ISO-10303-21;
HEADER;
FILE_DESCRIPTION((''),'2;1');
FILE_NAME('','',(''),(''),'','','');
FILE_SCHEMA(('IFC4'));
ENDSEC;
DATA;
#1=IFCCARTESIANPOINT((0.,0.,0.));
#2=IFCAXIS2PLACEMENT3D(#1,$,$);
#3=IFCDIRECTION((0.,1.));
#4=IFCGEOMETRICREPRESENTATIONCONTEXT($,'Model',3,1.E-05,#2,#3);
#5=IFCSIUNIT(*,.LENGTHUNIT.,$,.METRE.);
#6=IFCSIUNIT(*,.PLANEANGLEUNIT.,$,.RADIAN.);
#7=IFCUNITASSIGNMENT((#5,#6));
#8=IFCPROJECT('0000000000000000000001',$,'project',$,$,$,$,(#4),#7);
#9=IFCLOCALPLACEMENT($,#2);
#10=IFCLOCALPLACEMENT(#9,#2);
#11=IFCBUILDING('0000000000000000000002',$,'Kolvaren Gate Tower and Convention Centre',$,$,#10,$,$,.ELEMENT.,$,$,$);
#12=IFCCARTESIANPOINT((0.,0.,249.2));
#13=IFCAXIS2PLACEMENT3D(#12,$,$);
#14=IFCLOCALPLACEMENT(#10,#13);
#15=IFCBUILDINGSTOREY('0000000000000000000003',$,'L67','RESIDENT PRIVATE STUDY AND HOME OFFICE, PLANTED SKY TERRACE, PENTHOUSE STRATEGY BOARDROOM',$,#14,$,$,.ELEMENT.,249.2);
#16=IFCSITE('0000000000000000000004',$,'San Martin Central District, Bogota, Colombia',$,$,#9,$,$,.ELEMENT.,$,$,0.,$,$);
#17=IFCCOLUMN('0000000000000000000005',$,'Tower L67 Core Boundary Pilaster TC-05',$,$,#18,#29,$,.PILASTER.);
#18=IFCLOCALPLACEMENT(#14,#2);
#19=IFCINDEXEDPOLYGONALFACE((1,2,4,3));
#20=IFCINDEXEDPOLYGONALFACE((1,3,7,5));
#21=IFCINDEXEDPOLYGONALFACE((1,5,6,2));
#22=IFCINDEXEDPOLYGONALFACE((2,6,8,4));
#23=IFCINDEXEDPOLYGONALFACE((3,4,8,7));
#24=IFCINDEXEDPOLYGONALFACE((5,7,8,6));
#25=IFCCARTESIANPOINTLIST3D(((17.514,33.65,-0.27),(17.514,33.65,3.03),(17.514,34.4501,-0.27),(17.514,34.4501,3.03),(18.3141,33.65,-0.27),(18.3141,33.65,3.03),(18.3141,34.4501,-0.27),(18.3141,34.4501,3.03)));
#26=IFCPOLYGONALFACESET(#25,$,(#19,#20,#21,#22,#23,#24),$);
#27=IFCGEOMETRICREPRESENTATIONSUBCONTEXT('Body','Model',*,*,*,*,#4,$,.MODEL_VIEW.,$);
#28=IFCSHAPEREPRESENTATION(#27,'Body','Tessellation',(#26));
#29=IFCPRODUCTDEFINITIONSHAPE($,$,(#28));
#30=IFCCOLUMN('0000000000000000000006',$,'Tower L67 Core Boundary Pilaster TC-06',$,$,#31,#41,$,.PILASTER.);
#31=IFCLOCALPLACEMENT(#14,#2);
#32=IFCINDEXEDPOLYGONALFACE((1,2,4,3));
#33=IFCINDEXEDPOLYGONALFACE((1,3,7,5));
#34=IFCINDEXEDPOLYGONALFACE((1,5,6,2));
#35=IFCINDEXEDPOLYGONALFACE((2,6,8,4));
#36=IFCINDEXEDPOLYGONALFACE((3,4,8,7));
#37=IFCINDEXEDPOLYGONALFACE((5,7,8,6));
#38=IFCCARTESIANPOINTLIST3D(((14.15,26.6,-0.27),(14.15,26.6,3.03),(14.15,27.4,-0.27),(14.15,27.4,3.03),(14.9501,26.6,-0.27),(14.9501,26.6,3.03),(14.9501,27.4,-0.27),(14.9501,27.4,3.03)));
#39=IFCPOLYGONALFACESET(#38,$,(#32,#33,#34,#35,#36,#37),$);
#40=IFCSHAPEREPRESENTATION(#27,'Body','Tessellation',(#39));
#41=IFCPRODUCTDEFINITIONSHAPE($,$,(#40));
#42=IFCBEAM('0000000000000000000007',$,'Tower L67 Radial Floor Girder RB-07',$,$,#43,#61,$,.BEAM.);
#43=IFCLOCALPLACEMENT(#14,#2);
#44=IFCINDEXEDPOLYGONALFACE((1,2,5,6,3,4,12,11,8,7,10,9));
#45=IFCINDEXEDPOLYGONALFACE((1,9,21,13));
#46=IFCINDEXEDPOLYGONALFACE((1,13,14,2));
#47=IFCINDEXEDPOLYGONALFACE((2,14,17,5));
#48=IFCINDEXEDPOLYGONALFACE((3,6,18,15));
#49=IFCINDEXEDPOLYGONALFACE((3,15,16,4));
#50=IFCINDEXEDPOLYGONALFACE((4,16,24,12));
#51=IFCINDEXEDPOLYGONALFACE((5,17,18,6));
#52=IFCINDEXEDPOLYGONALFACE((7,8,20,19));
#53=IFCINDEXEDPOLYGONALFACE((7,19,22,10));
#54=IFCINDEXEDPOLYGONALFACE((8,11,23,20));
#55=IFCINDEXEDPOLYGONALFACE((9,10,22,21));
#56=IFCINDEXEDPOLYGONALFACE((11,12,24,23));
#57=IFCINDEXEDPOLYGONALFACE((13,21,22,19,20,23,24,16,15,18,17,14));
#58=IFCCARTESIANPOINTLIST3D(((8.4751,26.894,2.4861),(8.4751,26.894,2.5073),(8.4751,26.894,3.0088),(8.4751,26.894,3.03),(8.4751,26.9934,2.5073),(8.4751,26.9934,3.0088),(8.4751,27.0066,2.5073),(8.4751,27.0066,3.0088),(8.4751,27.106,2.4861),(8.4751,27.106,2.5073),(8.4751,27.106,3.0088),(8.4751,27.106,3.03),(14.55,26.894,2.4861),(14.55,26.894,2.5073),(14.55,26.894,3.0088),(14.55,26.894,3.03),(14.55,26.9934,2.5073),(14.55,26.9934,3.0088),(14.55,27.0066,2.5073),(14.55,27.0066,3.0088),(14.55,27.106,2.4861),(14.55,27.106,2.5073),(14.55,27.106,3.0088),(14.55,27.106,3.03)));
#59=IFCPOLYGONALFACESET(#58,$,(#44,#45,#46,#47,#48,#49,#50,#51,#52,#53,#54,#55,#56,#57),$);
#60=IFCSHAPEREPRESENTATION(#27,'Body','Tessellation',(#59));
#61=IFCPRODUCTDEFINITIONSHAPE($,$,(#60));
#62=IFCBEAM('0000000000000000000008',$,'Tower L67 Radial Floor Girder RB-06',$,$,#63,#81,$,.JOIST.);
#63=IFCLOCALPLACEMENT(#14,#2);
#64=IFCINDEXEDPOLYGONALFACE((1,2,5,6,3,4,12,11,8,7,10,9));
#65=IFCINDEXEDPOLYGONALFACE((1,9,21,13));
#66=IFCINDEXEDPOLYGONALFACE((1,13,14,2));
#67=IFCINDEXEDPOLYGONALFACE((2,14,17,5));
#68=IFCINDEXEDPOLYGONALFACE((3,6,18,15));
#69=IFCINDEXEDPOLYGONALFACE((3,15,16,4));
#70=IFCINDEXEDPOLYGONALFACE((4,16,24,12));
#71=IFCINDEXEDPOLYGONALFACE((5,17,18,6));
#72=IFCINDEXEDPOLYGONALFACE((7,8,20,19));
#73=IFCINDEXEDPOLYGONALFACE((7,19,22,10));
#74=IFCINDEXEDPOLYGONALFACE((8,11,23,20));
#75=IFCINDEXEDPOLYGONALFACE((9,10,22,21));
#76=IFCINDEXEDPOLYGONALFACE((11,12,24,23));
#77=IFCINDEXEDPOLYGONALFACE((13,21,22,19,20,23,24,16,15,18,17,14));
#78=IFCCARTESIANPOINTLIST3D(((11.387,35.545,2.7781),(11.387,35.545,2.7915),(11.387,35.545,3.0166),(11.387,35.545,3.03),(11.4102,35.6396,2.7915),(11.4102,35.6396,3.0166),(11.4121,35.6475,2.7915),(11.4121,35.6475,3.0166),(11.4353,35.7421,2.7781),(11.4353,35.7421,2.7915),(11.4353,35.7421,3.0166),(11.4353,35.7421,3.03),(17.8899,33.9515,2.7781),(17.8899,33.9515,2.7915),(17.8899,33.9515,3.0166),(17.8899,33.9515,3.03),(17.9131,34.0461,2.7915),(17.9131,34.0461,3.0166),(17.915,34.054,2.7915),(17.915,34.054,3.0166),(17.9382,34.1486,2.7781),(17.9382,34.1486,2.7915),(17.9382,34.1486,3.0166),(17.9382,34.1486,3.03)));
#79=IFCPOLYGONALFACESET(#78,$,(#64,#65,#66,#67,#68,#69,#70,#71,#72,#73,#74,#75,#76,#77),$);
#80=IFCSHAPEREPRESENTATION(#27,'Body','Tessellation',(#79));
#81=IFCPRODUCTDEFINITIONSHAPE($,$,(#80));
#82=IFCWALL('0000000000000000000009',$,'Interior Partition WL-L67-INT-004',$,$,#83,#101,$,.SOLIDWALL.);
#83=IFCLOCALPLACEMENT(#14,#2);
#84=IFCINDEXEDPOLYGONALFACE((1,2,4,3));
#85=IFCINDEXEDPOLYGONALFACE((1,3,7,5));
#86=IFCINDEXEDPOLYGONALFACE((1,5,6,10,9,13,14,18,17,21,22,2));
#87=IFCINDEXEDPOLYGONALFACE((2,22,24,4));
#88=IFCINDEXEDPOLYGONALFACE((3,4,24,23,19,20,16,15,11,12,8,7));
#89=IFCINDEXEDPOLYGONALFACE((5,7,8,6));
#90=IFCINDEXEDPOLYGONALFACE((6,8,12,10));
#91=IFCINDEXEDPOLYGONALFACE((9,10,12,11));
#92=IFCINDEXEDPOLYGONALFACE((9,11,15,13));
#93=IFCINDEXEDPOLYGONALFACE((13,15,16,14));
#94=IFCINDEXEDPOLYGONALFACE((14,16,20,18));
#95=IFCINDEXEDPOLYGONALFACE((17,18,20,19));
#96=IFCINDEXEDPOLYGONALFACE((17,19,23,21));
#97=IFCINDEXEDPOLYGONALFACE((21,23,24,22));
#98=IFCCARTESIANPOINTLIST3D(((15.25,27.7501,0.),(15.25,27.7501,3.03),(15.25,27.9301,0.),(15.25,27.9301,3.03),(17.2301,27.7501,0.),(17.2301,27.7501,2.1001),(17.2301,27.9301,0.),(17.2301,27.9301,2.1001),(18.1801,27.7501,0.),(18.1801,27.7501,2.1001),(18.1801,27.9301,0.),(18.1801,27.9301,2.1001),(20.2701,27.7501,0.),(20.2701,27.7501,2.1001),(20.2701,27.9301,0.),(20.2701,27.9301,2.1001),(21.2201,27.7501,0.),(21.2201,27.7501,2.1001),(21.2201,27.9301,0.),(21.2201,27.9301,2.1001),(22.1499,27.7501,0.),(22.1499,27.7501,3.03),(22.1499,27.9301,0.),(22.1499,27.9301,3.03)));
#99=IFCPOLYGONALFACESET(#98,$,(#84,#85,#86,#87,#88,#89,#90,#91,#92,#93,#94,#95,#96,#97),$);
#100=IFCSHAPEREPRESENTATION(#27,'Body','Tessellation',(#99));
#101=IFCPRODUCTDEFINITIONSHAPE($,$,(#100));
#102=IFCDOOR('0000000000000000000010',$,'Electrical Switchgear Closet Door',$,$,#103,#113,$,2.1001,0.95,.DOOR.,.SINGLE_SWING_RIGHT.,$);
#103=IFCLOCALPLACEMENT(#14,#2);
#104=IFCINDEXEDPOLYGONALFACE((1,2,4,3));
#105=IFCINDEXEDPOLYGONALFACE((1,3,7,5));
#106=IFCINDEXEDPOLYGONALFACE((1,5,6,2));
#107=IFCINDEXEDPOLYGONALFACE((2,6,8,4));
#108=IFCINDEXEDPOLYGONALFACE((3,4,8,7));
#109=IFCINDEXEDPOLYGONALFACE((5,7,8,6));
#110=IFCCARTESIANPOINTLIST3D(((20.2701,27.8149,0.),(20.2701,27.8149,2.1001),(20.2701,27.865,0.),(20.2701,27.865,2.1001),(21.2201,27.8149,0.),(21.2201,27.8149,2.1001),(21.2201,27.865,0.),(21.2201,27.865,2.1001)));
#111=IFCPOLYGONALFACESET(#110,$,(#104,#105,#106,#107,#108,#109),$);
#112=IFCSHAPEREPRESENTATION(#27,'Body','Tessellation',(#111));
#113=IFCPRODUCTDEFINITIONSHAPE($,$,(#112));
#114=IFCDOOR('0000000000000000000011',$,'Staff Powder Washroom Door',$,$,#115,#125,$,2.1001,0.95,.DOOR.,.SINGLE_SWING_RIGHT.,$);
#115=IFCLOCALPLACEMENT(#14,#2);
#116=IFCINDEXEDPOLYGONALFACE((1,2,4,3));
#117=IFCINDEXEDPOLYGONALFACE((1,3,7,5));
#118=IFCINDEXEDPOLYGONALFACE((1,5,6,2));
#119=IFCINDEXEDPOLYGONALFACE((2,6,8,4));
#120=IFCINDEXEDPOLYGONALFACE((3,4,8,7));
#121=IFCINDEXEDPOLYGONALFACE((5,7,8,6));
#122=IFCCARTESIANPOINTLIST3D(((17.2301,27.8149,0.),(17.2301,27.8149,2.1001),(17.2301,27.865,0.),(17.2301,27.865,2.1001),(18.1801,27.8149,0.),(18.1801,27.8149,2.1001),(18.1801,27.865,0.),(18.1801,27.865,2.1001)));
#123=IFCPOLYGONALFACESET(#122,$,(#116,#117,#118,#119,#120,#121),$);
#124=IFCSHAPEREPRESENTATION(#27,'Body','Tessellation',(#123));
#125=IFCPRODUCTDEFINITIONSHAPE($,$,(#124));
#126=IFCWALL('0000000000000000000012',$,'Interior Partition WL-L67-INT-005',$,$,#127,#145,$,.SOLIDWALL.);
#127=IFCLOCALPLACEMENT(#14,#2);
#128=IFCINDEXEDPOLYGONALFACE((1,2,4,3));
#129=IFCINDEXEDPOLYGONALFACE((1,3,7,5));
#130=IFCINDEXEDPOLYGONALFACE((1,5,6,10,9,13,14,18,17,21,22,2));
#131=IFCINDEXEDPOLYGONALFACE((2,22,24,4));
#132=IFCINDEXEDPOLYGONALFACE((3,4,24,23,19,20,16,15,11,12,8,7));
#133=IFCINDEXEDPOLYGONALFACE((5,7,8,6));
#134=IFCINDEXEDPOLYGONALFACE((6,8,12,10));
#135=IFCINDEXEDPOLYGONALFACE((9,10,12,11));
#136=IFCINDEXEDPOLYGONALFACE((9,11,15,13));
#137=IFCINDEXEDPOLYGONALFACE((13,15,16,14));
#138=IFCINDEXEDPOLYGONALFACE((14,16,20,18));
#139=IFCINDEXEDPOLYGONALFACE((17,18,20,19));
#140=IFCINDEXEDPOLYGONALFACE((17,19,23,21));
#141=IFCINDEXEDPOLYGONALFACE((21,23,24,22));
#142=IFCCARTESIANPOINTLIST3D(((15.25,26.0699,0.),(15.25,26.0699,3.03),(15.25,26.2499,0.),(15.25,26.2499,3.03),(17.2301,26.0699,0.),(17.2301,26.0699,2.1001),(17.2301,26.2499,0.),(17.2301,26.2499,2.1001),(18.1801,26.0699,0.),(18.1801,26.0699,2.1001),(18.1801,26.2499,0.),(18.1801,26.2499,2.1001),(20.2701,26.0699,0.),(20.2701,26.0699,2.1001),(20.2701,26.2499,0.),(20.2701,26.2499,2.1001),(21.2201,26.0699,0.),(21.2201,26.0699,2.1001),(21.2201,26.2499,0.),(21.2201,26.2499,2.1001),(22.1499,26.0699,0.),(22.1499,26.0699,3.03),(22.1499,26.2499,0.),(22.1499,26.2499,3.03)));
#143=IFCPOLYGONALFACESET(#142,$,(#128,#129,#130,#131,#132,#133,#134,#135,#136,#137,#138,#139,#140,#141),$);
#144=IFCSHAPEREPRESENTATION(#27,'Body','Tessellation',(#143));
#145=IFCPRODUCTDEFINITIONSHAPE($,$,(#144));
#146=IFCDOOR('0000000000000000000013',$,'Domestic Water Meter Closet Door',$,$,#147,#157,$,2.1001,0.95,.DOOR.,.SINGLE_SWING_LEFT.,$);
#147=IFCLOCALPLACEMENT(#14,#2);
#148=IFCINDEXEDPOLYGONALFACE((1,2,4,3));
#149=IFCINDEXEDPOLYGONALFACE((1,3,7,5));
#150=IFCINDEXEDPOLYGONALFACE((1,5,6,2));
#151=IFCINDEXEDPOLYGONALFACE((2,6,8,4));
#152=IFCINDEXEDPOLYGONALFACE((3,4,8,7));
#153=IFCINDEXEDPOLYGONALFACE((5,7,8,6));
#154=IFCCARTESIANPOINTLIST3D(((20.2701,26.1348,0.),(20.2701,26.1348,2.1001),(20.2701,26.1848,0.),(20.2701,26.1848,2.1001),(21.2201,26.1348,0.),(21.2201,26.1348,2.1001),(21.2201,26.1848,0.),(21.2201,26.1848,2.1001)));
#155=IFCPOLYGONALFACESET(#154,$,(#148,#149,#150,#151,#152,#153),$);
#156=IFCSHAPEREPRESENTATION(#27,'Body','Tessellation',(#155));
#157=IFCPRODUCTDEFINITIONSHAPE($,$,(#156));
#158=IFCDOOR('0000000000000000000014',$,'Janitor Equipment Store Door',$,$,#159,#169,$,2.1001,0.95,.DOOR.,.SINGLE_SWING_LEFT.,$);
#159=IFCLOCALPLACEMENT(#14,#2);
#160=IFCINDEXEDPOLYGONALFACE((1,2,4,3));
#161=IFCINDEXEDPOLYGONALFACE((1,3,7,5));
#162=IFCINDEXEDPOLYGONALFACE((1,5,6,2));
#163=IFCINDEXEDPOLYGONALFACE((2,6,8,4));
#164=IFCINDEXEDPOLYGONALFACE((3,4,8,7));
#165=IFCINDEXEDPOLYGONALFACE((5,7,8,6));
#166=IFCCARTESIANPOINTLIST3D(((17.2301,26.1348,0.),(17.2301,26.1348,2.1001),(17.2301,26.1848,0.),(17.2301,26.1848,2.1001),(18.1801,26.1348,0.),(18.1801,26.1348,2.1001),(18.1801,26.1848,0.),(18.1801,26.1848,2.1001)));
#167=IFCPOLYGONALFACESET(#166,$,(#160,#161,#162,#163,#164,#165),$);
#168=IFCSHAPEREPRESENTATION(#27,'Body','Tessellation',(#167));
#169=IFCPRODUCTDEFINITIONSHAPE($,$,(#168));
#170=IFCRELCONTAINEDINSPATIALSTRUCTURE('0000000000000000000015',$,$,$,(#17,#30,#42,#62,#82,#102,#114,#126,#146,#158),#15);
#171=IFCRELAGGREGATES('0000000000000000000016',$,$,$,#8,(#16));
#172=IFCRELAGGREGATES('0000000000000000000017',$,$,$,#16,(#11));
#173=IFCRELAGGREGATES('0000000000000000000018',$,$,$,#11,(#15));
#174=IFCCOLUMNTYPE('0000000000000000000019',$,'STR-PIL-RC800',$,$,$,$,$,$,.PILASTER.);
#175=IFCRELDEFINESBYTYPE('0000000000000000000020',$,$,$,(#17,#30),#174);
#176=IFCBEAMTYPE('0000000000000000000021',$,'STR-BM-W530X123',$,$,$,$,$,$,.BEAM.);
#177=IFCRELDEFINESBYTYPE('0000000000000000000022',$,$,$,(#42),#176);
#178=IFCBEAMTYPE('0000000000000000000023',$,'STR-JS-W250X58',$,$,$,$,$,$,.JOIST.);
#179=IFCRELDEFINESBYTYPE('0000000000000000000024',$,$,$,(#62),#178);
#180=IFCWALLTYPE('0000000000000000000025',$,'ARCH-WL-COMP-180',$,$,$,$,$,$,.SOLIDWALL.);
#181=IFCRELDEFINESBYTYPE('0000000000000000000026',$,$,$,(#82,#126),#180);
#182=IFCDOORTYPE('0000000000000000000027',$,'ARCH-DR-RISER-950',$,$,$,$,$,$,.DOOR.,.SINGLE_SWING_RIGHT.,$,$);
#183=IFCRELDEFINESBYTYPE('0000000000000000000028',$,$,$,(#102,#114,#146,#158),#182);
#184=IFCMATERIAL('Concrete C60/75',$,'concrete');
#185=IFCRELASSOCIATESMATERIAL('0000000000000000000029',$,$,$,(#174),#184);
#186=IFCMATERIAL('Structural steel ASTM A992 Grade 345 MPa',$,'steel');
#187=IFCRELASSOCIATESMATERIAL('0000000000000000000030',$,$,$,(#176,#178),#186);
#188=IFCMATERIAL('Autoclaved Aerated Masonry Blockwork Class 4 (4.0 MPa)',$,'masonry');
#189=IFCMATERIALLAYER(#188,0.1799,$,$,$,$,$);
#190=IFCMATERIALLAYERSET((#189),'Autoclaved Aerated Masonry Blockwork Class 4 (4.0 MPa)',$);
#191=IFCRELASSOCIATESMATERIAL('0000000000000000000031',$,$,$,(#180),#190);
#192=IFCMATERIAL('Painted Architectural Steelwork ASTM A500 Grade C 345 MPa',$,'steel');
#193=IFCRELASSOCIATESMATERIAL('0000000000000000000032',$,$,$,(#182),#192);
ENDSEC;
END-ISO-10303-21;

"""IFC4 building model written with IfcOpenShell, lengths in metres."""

from ifc_helpers import new_model, si_unit, direction, frame, frame_2d, origin, origin_2d, place, context, subcontext, project, spatial, rectangle, i_section, extrude, material, layer, layer_set, material_profile, profile_set, type_object, element, fill, save


model = new_model("IFC4")

# Units and contexts
model_context = context("Model", 3, precision=1e-05, world=origin(), true_north=direction((0.0, 1.0)))
body_context = subcontext(model_context, "Body", "Model", "MODEL_VIEW")
ifc_project = project(units=[si_unit("LENGTHUNIT", "METRE"), si_unit("PLANEANGLEUNIT", "RADIAN")], contexts=[model_context])

# Site, building, storey
site_placement = place(None, origin())
site = spatial("IfcSite", under=ifc_project, at=site_placement, Name="San Martin Central District, Bogota, Colombia", CompositionType="ELEMENT", RefElevation=0.0)
building_placement = place(site_placement, origin())
building = spatial("IfcBuilding", under=site, at=building_placement, Name="Kolvaren Gate Tower and Convention Centre", CompositionType="ELEMENT")
storey_placement = place(building_placement, frame((0.0, 0.0, 249.2)))
storey = spatial("IfcBuildingStorey", under=building, at=storey_placement, Name="L67", Description="RESIDENT PRIVATE STUDY AND HOME OFFICE, PLANTED SKY TERRACE, PENTHOUSE STRATEGY BOARDROOM", CompositionType="ELEMENT", Elevation=249.2)

# Columns
ifc_material_1 = material(Name="Concrete C60/75", Category="concrete")
ifc_material_profile_1 = material_profile(ifc_material_1, rectangle(XDim=0.8, YDim=0.8, at=origin_2d()), Name="RC-COL-800X800")
ifc_profile_set_1 = profile_set([ifc_material_profile_1], Name="Concrete C60/75")
column_type = type_object("IfcColumnType", Name="STR-PIL-RC800", PredefinedType="PILASTER", material=ifc_profile_set_1)
for number, where, z_axis, x_axis, name in (
    (1, (17.9141, 34.05, -0.27), (0.0, 0.0, 1.0), (1.0, 0.0, 0.0), "Tower L67 Core Boundary Pilaster TC-05"),
    (2, (14.55, 27.0, -0.27), (0.0, 0.0, 1.0), (1.0, 0.0, 0.0), "Tower L67 Core Boundary Pilaster TC-06"),
):
    element("IfcColumn", number, at=place(storey_placement, frame(where, z_axis=z_axis, x_axis=x_axis)), inside=storey, type_object=column_type, Name=name, PredefinedType="PILASTER", context=body_context, shape_type="SweptSolid", body=[
        extrude(rectangle(XDim=0.8, YDim=0.8, at=origin_2d()), origin(), (0.0, 0.0, 1.0), 3.3),
    ])

# Beams
ifc_material_2 = material(Name="Structural steel ASTM A992 Grade 345 MPa", Category="steel")
ifc_material_profile_2 = material_profile(ifc_material_2, i_section(OverallWidth=0.2119, OverallDepth=0.5439, WebThickness=0.0132, FlangeThickness=0.0212, at=origin_2d()), Name="W530X123")
ifc_profile_set_2 = profile_set([ifc_material_profile_2], Name="Structural steel ASTM A992 Grade 345 MPa")
beam_type_1 = type_object("IfcBeamType", Name="STR-BM-W530X123", PredefinedType="BEAM", material=ifc_profile_set_2)
beam_1_placement = place(storey_placement, frame((14.55, 27.0, 2.7581), z_axis=(-1.0, 0.0, 0.0), x_axis=(0.0, -1.0, 0.0)))
element("IfcBeam", 3, at=beam_1_placement, inside=storey, type_object=beam_type_1, Name="Tower L67 Radial Floor Girder RB-07", PredefinedType="BEAM", context=body_context, shape_type="SweptSolid", body=[
    extrude(i_section(OverallWidth=0.2119, OverallDepth=0.5439, WebThickness=0.0132, FlangeThickness=0.0212, at=origin_2d()), origin(), (0.0, 0.0, 1.0), 6.075),
])
ifc_material_profile_3 = material_profile(ifc_material_2, i_section(OverallWidth=0.2029, OverallDepth=0.252, WebThickness=0.0081, FlangeThickness=0.0134, at=origin_2d()), Name="W250X58")
ifc_profile_set_3 = profile_set([ifc_material_profile_3], Name="Structural steel ASTM A992 Grade 345 MPa")
beam_type_2 = type_object("IfcBeamType", Name="STR-JS-W250X58", PredefinedType="JOIST", material=ifc_profile_set_3)
beam_2_placement = place(storey_placement, frame((17.9141, 34.05, 2.9041), z_axis=(-0.971264, 0.238003, 0.0), x_axis=(-0.238003, -0.971264, 0.0)))
element("IfcBeam", 4, at=beam_2_placement, inside=storey, type_object=beam_type_2, Name="Tower L67 Radial Floor Girder RB-06", PredefinedType="JOIST", context=body_context, shape_type="SweptSolid", body=[
    extrude(i_section(OverallWidth=0.2029, OverallDepth=0.252, WebThickness=0.0081, FlangeThickness=0.0134, at=origin_2d()), origin(), (0.0, 0.0, 1.0), 6.6953),
])

# Walls, openings, doors
ifc_material_3 = material(Name="Autoclaved Aerated Masonry Blockwork Class 4 (4.0 MPa)", Category="masonry")
ifc_layer_1 = layer(ifc_material_3, 0.1799)
ifc_layer_set_1 = layer_set([ifc_layer_1], Name="Autoclaved Aerated Masonry Blockwork Class 4 (4.0 MPa)")
wall_type_1 = type_object("IfcWallType", Name="ARCH-WL-COMP-180", PredefinedType="SOLIDWALL", material=ifc_layer_set_1)
wall_1_placement = place(storey_placement, frame((15.25, 27.8401, 0.0), z_axis=(0.0, 0.0, 1.0), x_axis=(1.0, 0.0, 0.0)))
wall_1 = element("IfcWall", 5, at=wall_1_placement, inside=storey, type_object=wall_type_1, Name="Interior Partition WL-L67-INT-004", PredefinedType="SOLIDWALL", context=body_context, shape_type="SweptSolid", body=[
    extrude(rectangle(XDim=6.8999, YDim=0.1799, at=frame_2d((3.45, 0.0))), origin(), (0.0, 0.0, 1.0), 3.03),
])
opening_1_placement = place(wall_1_placement, frame((5.02, 0.0, 0.0)))
opening_1 = element("IfcOpeningElement", 6, at=opening_1_placement, cuts=wall_1, PredefinedType="OPENING", context=body_context, shape_type="SweptSolid", body=[
    extrude(rectangle(XDim=0.95, YDim=2.1001, at=frame_2d((0.4751, 1.05))), frame((0.0, 0.0999, 0.0), z_axis=(0.0, -1.0, 0.0), x_axis=(1.0, 0.0, 0.0)), (0.0, 0.0, 1.0), 0.2),
])
opening_2_placement = place(wall_1_placement, frame((1.98, 0.0, 0.0)))
opening_2 = element("IfcOpeningElement", 7, at=opening_2_placement, cuts=wall_1, PredefinedType="OPENING", context=body_context, shape_type="SweptSolid", body=[
    extrude(rectangle(XDim=0.95, YDim=2.1001, at=frame_2d((0.4751, 1.05))), frame((0.0, 0.0999, 0.0), z_axis=(0.0, -1.0, 0.0), x_axis=(1.0, 0.0, 0.0)), (0.0, 0.0, 1.0), 0.2),
])
ifc_material_4 = material(Name="Painted Architectural Steelwork ASTM A500 Grade C 345 MPa", Category="steel")
door_type = type_object("IfcDoorType", Name="ARCH-DR-RISER-950", OperationType="SINGLE_SWING_RIGHT", PredefinedType="DOOR", material=ifc_material_4)
door_1_placement = place(opening_1_placement, origin())
door_1 = element("IfcDoor", 8, at=door_1_placement, inside=storey, type_object=door_type, Name="Electrical Switchgear Closet Door", OperationType="SINGLE_SWING_RIGHT", OverallHeight=2.1001, OverallWidth=0.95, PredefinedType="DOOR", context=body_context, shape_type="SweptSolid", body=[
    extrude(rectangle(XDim=0.95, YDim=2.1001, at=frame_2d((0.4751, 1.05))), frame((0.0, 0.0249, 0.0), z_axis=(0.0, -1.0, 0.0), x_axis=(1.0, 0.0, 0.0)), (0.0, 0.0, 1.0), 0.05),
])
fill(opening_1, door_1)
door_2_placement = place(opening_2_placement, origin())
door_2 = element("IfcDoor", 9, at=door_2_placement, inside=storey, type_object=door_type, Name="Staff Powder Washroom Door", OperationType="SINGLE_SWING_RIGHT", OverallHeight=2.1001, OverallWidth=0.95, PredefinedType="DOOR", context=body_context, shape_type="SweptSolid", body=[
    extrude(rectangle(XDim=0.95, YDim=2.1001, at=frame_2d((0.4751, 1.05))), frame((0.0, 0.0249, 0.0), z_axis=(0.0, -1.0, 0.0), x_axis=(1.0, 0.0, 0.0)), (0.0, 0.0, 1.0), 0.05),
])
fill(opening_2, door_2)
wall_2_placement = place(storey_placement, frame((15.25, 26.1599, 0.0), z_axis=(0.0, 0.0, 1.0), x_axis=(1.0, 0.0, 0.0)))
wall_2 = element("IfcWall", 10, at=wall_2_placement, inside=storey, type_object=wall_type_1, Name="Interior Partition WL-L67-INT-005", PredefinedType="SOLIDWALL", context=body_context, shape_type="SweptSolid", body=[
    extrude(rectangle(XDim=6.8999, YDim=0.1799, at=frame_2d((3.45, 0.0))), origin(), (0.0, 0.0, 1.0), 3.03),
])
opening_3_placement = place(wall_2_placement, frame((5.02, 0.0, 0.0)))
opening_3 = element("IfcOpeningElement", 11, at=opening_3_placement, cuts=wall_2, PredefinedType="OPENING", context=body_context, shape_type="SweptSolid", body=[
    extrude(rectangle(XDim=0.95, YDim=2.1001, at=frame_2d((0.4751, 1.05))), frame((0.0, 0.0999, 0.0), z_axis=(0.0, -1.0, 0.0), x_axis=(1.0, 0.0, 0.0)), (0.0, 0.0, 1.0), 0.2),
])
opening_4_placement = place(wall_2_placement, frame((1.98, 0.0, 0.0)))
opening_4 = element("IfcOpeningElement", 12, at=opening_4_placement, cuts=wall_2, PredefinedType="OPENING", context=body_context, shape_type="SweptSolid", body=[
    extrude(rectangle(XDim=0.95, YDim=2.1001, at=frame_2d((0.4751, 1.05))), frame((0.0, 0.0999, 0.0), z_axis=(0.0, -1.0, 0.0), x_axis=(1.0, 0.0, 0.0)), (0.0, 0.0, 1.0), 0.2),
])
door_3_placement = place(opening_3_placement, origin())
door_3 = element("IfcDoor", 13, at=door_3_placement, inside=storey, type_object=door_type, Name="Domestic Water Meter Closet Door", OperationType="SINGLE_SWING_LEFT", OverallHeight=2.1001, OverallWidth=0.95, PredefinedType="DOOR", context=body_context, shape_type="SweptSolid", body=[
    extrude(rectangle(XDim=0.95, YDim=2.1001, at=frame_2d((0.4751, 1.05))), frame((0.0, 0.0249, 0.0), z_axis=(0.0, -1.0, 0.0), x_axis=(1.0, 0.0, 0.0)), (0.0, 0.0, 1.0), 0.05),
])
fill(opening_3, door_3)
door_4_placement = place(opening_4_placement, origin())
door_4 = element("IfcDoor", 14, at=door_4_placement, inside=storey, type_object=door_type, Name="Janitor Equipment Store Door", OperationType="SINGLE_SWING_LEFT", OverallHeight=2.1001, OverallWidth=0.95, PredefinedType="DOOR", context=body_context, shape_type="SweptSolid", body=[
    extrude(rectangle(XDim=0.95, YDim=2.1001, at=frame_2d((0.4751, 1.05))), frame((0.0, 0.0249, 0.0), z_axis=(0.0, -1.0, 0.0), x_axis=(1.0, 0.0, 0.0)), (0.0, 0.0, 1.0), 0.05),
])
fill(opening_4, door_4)

save(model, "model.ifc")
